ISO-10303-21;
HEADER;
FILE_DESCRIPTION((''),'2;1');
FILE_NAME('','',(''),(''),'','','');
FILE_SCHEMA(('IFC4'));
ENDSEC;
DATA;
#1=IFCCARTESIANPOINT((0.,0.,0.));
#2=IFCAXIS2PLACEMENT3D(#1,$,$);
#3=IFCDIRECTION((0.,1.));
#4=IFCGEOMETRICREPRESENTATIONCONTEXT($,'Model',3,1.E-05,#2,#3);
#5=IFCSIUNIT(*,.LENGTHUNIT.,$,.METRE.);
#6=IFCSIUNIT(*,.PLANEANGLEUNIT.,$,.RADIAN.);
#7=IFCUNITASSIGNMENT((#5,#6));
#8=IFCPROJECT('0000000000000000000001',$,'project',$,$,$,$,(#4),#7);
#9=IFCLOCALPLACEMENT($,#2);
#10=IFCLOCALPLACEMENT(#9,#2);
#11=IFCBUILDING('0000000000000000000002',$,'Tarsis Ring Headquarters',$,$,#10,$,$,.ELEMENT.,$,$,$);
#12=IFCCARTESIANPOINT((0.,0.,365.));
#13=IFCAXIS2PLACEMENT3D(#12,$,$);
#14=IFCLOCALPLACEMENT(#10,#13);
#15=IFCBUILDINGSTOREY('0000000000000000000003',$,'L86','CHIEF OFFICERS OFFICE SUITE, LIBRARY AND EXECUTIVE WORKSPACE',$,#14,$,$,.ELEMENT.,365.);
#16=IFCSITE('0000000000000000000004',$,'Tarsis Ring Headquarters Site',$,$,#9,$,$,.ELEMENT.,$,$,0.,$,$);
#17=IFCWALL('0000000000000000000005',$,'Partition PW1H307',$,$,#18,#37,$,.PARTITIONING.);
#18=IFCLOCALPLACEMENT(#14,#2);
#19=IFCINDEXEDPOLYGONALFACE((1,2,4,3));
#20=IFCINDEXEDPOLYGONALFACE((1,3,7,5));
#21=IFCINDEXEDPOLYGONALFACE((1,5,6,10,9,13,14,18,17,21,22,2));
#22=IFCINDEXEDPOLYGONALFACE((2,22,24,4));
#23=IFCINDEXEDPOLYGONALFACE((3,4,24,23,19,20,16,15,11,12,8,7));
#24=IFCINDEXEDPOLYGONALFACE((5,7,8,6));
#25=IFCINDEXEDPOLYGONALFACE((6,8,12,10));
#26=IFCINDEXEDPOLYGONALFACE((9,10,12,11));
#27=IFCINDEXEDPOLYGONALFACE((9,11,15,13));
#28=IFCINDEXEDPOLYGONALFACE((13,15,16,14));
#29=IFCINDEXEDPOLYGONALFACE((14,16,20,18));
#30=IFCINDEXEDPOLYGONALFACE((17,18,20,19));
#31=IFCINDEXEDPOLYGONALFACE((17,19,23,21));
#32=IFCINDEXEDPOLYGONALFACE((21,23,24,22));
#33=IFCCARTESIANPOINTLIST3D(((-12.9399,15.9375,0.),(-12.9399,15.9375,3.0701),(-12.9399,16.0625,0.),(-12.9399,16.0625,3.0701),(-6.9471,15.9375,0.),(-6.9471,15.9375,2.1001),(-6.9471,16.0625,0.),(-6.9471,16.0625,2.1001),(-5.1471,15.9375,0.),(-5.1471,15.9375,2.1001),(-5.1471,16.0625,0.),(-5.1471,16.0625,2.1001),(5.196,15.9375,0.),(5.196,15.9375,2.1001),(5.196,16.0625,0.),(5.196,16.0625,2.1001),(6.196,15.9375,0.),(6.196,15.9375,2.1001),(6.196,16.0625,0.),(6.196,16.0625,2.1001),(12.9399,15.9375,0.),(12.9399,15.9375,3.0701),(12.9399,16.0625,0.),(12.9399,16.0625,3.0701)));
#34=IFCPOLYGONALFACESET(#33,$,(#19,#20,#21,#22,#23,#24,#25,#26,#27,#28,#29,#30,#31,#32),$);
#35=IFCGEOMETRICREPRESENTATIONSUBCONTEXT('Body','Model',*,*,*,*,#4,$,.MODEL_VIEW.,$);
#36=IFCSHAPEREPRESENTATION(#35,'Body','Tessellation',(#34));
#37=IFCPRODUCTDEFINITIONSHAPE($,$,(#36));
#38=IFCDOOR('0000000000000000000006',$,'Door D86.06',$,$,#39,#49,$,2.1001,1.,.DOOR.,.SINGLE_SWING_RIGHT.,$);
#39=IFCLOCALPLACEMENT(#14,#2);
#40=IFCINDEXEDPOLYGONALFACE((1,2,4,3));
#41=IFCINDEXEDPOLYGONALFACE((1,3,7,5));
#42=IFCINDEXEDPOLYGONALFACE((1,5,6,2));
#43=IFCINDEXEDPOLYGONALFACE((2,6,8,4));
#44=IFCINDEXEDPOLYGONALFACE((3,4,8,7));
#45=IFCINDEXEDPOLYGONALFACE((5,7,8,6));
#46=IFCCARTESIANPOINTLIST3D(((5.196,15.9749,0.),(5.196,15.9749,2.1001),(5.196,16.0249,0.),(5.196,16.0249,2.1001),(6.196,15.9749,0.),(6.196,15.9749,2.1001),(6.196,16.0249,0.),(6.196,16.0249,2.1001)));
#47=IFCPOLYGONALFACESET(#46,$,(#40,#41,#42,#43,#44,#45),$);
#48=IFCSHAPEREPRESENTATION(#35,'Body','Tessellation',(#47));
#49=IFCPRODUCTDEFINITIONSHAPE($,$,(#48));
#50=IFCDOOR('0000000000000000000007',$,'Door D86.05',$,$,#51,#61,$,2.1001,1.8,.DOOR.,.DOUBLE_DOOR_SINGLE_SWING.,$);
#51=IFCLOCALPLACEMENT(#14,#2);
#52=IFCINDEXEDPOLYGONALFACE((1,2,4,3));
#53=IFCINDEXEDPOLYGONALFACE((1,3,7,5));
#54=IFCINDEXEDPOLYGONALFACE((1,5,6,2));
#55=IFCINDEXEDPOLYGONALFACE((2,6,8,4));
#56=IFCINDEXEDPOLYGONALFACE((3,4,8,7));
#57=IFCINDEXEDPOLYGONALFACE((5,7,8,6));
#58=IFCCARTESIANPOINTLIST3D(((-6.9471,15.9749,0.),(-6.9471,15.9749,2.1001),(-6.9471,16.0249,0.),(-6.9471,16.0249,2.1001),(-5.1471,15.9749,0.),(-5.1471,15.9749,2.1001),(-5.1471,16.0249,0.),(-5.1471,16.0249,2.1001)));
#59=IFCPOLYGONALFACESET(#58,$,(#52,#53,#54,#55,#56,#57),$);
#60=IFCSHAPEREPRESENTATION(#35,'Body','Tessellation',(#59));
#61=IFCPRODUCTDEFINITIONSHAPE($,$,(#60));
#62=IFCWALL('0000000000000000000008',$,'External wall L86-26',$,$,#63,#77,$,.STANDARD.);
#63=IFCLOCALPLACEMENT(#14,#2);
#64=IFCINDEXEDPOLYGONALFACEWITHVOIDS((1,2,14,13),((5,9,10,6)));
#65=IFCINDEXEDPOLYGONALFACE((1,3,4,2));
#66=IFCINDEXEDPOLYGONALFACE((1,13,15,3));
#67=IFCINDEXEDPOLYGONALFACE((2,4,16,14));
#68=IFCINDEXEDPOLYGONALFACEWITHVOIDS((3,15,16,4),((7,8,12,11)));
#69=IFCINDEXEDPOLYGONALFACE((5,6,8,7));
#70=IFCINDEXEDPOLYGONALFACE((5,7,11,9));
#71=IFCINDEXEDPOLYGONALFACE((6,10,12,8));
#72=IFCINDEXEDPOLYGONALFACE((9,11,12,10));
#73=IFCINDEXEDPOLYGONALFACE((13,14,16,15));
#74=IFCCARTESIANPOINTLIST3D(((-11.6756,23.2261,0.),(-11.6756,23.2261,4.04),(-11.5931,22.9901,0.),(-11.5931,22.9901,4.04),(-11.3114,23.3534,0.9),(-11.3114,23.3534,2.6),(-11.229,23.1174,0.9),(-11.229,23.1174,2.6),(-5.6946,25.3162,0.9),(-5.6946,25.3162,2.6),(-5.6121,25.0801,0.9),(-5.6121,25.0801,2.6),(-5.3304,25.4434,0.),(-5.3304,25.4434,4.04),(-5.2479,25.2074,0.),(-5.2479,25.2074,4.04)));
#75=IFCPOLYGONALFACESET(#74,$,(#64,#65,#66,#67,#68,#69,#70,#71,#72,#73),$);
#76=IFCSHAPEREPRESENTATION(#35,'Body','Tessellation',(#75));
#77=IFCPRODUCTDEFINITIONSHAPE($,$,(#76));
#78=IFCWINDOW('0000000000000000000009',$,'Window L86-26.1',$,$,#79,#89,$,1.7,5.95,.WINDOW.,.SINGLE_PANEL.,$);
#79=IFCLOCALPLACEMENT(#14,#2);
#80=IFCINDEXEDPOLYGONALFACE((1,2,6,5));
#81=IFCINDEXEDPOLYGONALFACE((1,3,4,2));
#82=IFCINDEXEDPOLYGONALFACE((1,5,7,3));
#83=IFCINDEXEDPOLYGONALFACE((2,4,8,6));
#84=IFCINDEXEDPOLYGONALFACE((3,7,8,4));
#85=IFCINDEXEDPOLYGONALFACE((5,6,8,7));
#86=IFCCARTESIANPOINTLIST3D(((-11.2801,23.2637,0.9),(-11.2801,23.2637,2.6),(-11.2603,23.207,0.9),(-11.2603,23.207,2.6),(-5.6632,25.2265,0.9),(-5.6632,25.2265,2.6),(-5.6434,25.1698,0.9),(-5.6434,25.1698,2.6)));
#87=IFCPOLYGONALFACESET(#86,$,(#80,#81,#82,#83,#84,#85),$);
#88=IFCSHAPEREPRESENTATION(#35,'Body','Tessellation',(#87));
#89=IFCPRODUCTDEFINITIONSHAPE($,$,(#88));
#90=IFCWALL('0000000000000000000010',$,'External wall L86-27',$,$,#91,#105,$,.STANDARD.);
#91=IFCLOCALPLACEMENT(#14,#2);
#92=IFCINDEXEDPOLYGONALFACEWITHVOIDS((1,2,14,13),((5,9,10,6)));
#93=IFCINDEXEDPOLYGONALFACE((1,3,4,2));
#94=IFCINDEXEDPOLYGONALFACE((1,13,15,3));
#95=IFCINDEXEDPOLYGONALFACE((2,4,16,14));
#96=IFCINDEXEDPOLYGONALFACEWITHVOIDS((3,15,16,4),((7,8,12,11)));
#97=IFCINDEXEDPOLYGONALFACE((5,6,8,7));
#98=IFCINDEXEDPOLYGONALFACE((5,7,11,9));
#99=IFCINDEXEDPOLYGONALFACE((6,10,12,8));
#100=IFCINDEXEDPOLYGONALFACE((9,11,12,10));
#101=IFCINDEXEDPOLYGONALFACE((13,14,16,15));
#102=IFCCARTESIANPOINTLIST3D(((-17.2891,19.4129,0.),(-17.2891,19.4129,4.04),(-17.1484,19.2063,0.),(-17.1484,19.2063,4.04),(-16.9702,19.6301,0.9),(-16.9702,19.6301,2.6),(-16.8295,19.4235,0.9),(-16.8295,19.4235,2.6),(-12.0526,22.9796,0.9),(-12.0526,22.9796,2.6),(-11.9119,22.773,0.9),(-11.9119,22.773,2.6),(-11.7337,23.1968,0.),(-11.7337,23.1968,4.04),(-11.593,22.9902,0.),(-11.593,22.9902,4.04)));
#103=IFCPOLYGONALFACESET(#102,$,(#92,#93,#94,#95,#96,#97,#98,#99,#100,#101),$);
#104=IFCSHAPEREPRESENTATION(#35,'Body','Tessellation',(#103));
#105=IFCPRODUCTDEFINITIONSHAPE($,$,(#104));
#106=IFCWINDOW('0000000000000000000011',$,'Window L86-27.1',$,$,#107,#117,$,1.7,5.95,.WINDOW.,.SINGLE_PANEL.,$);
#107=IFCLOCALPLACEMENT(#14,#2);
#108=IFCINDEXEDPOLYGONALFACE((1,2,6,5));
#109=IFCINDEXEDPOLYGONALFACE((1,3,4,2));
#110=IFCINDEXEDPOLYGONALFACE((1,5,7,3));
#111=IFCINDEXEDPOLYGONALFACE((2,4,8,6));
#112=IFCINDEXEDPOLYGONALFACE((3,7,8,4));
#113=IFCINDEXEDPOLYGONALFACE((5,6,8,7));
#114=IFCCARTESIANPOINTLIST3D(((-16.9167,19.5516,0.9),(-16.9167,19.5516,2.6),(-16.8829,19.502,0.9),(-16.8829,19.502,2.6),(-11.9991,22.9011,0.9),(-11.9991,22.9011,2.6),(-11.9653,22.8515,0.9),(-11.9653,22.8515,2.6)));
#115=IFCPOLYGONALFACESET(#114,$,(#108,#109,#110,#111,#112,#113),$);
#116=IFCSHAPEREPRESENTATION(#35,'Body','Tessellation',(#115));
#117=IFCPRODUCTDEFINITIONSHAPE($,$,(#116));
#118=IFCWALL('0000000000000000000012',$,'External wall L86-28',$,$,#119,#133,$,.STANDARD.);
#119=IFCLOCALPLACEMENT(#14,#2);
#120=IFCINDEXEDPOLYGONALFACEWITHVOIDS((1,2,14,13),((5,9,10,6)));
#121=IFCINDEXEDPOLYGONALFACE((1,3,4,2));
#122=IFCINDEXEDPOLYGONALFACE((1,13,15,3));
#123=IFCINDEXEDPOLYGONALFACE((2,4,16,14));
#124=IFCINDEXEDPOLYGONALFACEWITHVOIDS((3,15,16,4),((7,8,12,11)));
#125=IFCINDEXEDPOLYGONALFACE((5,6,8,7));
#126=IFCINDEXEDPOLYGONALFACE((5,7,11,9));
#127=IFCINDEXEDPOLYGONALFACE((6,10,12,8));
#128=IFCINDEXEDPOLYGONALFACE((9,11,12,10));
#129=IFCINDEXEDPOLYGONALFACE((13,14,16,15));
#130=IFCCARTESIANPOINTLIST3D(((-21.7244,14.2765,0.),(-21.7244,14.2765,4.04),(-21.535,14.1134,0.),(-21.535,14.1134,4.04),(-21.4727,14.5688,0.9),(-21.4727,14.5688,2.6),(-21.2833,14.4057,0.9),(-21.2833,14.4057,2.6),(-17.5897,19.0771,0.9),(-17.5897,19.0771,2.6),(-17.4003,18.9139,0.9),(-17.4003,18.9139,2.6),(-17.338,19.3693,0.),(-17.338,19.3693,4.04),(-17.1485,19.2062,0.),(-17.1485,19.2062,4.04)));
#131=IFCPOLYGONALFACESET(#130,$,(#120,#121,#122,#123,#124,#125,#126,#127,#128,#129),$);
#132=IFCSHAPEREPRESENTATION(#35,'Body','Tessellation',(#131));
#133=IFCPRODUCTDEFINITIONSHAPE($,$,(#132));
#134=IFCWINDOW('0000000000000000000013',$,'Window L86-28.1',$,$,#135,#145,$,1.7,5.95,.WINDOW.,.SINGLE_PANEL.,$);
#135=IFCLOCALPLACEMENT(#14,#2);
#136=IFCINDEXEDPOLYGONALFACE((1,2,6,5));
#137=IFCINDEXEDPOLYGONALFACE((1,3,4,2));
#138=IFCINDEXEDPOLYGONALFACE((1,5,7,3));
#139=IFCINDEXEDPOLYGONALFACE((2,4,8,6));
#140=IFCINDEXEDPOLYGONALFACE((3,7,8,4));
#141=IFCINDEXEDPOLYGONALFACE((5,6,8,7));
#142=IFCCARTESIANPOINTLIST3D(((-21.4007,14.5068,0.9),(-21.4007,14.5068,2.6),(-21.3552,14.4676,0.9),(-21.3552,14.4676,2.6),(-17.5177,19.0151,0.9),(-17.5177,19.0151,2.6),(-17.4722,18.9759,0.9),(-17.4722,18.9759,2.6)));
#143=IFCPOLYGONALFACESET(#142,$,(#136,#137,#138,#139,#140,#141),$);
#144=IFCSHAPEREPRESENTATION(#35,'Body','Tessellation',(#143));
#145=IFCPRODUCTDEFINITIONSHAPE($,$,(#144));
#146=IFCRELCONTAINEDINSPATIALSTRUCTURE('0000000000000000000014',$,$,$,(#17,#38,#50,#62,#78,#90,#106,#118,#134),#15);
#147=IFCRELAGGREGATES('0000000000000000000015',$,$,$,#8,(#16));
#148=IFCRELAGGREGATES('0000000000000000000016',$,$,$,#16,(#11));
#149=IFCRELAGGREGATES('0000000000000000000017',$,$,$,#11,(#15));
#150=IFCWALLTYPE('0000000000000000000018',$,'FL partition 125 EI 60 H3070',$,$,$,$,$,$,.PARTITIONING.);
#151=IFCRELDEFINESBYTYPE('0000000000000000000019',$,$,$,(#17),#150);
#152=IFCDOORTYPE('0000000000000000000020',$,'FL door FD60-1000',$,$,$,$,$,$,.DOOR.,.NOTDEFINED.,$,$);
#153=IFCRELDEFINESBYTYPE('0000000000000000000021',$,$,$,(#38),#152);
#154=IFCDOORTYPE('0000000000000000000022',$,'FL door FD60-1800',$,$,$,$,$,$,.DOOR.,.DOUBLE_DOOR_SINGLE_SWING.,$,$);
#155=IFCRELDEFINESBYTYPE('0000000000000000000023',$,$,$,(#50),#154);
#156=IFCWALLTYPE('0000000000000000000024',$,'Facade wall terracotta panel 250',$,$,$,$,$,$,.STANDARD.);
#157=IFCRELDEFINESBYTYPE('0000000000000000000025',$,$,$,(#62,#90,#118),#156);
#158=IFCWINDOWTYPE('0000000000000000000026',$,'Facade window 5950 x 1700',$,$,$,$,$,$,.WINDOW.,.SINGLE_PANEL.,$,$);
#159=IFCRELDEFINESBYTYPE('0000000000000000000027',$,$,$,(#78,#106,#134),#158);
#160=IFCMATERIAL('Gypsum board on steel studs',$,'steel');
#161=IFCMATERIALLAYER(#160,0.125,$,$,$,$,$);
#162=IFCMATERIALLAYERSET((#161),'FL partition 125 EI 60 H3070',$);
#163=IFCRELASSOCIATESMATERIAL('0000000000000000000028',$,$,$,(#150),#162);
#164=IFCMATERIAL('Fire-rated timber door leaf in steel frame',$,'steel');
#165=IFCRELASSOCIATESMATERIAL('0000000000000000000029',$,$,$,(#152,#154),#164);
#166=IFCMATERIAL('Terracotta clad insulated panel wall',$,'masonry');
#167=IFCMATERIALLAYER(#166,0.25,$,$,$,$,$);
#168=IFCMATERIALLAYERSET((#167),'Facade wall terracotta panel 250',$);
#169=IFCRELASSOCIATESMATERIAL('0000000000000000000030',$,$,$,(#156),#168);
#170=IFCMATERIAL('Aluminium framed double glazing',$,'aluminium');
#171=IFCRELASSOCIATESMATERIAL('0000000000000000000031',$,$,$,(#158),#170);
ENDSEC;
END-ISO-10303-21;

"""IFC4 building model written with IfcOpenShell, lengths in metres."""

from ifc_helpers import new_model, si_unit, direction, frame, frame_2d, origin, place, context, subcontext, project, spatial, rectangle, extrude, material, layer, layer_set, type_object, element, fill, save


model = new_model("IFC4")

# Units and contexts
model_context = context("Model", 3, precision=1e-05, world=origin(), true_north=direction((0.0, 1.0)))
body_context = subcontext(model_context, "Body", "Model", "MODEL_VIEW")
ifc_project = project(units=[si_unit("LENGTHUNIT", "METRE"), si_unit("PLANEANGLEUNIT", "RADIAN")], contexts=[model_context])

# Site, building, storey
site_placement = place(None, origin())
site = spatial("IfcSite", under=ifc_project, at=site_placement, Name="Tarsis Ring Headquarters Site", CompositionType="ELEMENT", RefElevation=0.0)
building_placement = place(site_placement, origin())
building = spatial("IfcBuilding", under=site, at=building_placement, Name="Tarsis Ring Headquarters", CompositionType="ELEMENT")
storey_placement = place(building_placement, frame((0.0, 0.0, 365.0)))
storey = spatial("IfcBuildingStorey", under=building, at=storey_placement, Name="L86", Description="CHIEF OFFICERS OFFICE SUITE, LIBRARY AND EXECUTIVE WORKSPACE", CompositionType="ELEMENT", Elevation=365.0)

# Shared definitions
ifc_material_1 = material(Name="Gypsum board on steel studs", Category="steel")

# Wall, openings, doors
ifc_layer_1 = layer(ifc_material_1, 0.125)
ifc_layer_set_1 = layer_set([ifc_layer_1], Name="FL partition 125 EI 60 H3070")
wall_type_1 = type_object("IfcWallType", Name="FL partition 125 EI 60 H3070", PredefinedType="PARTITIONING", material=ifc_layer_set_1)
wall_1_placement = place(storey_placement, frame((-12.9399, 16.0, 0.0), z_axis=(0.0, 0.0, 1.0), x_axis=(1.0, 0.0, 0.0)))
wall_1 = element("IfcWall", 1, at=wall_1_placement, inside=storey, type_object=wall_type_1, Name="Partition PW1H307", PredefinedType="PARTITIONING", context=body_context, shape_type="SweptSolid", body=[
    extrude(rectangle(XDim=25.8799, YDim=0.125, at=frame_2d((12.9399, 0.0))), origin(), (0.0, 0.0, 1.0), 3.0701),
])
opening_1_placement = place(wall_1_placement, frame((5.9929, 0.0, 0.0)))
opening_1 = element("IfcOpeningElement", 2, at=opening_1_placement, cuts=wall_1, PredefinedType="OPENING", context=body_context, shape_type="SweptSolid", body=[
    extrude(rectangle(XDim=1.8, YDim=2.1001, at=frame_2d((0.8999, 1.05))), frame((0.0, 0.0725, 0.0), z_axis=(0.0, -1.0, 0.0), x_axis=(1.0, 0.0, 0.0)), (0.0, 0.0, 1.0), 0.145),
])
opening_2_placement = place(wall_1_placement, frame((18.136, 0.0, 0.0)))
opening_2 = element("IfcOpeningElement", 3, at=opening_2_placement, cuts=wall_1, PredefinedType="OPENING", context=body_context, shape_type="SweptSolid", body=[
    extrude(rectangle(XDim=1.0, YDim=2.1001, at=frame_2d((0.5, 1.05))), frame((0.0, 0.0725, 0.0), z_axis=(0.0, -1.0, 0.0), x_axis=(1.0, 0.0, 0.0)), (0.0, 0.0, 1.0), 0.145),
])
ifc_material_2 = material(Name="Fire-rated timber door leaf in steel frame", Category="steel")
door_type_1 = type_object("IfcDoorType", Name="FL door FD60-1000", OperationType="NOTDEFINED", PredefinedType="DOOR", material=ifc_material_2)
door_1_placement = place(opening_2_placement, origin())
door_1 = element("IfcDoor", 4, at=door_1_placement, inside=storey, type_object=door_type_1, Name="Door D86.06", OperationType="SINGLE_SWING_RIGHT", OverallHeight=2.1001, OverallWidth=1.0, PredefinedType="DOOR", context=body_context, shape_type="SweptSolid", body=[
    extrude(rectangle(XDim=1.0, YDim=2.1001, at=frame_2d((0.5, 1.05))), frame((0.0, 0.0249, 0.0), z_axis=(0.0, -1.0, 0.0), x_axis=(1.0, 0.0, 0.0)), (0.0, 0.0, 1.0), 0.05),
])
fill(opening_2, door_1)
door_type_2 = type_object("IfcDoorType", Name="FL door FD60-1800", OperationType="DOUBLE_DOOR_SINGLE_SWING", PredefinedType="DOOR", material=ifc_material_2)
door_2_placement = place(opening_1_placement, origin())
door_2 = element("IfcDoor", 5, at=door_2_placement, inside=storey, type_object=door_type_2, Name="Door D86.05", OperationType="DOUBLE_DOOR_SINGLE_SWING", OverallHeight=2.1001, OverallWidth=1.8, PredefinedType="DOOR", context=body_context, shape_type="SweptSolid", body=[
    extrude(rectangle(XDim=1.8, YDim=2.1001, at=frame_2d((0.8999, 1.05))), frame((0.0, 0.0249, 0.0), z_axis=(0.0, -1.0, 0.0), x_axis=(1.0, 0.0, 0.0)), (0.0, 0.0, 1.0), 0.05),
])
fill(opening_1, door_2)

# Walls, openings, windows
ifc_material_3 = material(Name="Terracotta clad insulated panel wall", Category="masonry")
ifc_layer_2 = layer(ifc_material_3, 0.25)
ifc_layer_set_2 = layer_set([ifc_layer_2], Name="Facade wall terracotta panel 250")
wall_type_2 = type_object("IfcWallType", Name="Facade wall terracotta panel 250", PredefinedType="STANDARD", material=ifc_layer_set_2)
wall_2_placement = place(storey_placement, frame((-5.2891, 25.3254, 0.0), z_axis=(0.0, 0.0, 1.0), x_axis=(-0.944022, -0.329881, 0.0)))
wall_2 = element("IfcWall", 6, at=wall_2_placement, inside=storey, type_object=wall_type_2, Name="External wall L86-26", PredefinedType="STANDARD", context=body_context, shape_type="SweptSolid", body=[
    extrude(rectangle(XDim=6.7214, YDim=0.25, at=frame_2d((3.3608, 0.0))), origin(), (0.0, 0.0, 1.0), 4.04),
])
opening_3_placement = place(wall_2_placement, frame((0.3857, 0.0, 0.8999)))
opening_3 = element("IfcOpeningElement", 7, at=opening_3_placement, cuts=wall_2, PredefinedType="OPENING", context=body_context, shape_type="SweptSolid", body=[
    extrude(rectangle(XDim=5.95, YDim=1.7, at=frame_2d((2.9751, 0.8501))), frame((0.0, 0.135, 0.0), z_axis=(0.0, -1.0, 0.0), x_axis=(1.0, 0.0, 0.0)), (0.0, 0.0, 1.0), 0.27),
])
ifc_material_4 = material(Name="Aluminium framed double glazing", Category="aluminium")
window_type = type_object("IfcWindowType", Name="Facade window 5950 x 1700", PartitioningType="SINGLE_PANEL", PredefinedType="WINDOW", material=ifc_material_4)
window_1_placement = place(opening_3_placement, origin())
window_1 = element("IfcWindow", 8, at=window_1_placement, inside=storey, type_object=window_type, Name="Window L86-26.1", OverallHeight=1.7, OverallWidth=5.95, PartitioningType="SINGLE_PANEL", PredefinedType="WINDOW", context=body_context, shape_type="SweptSolid", body=[
    extrude(rectangle(XDim=5.95, YDim=1.7, at=frame_2d((2.9751, 0.8501))), frame((0.0, 0.03, 0.0), z_axis=(0.0, -1.0, 0.0), x_axis=(1.0, 0.0, 0.0)), (0.0, 0.0, 1.0), 0.0601),
])
fill(opening_3, window_1)
wall_3_placement = place(storey_placement, frame((-11.6633, 23.0935, 0.0), z_axis=(0.0, 0.0, 1.0), x_axis=(-0.826494, -0.562946, 0.0)))
wall_3 = element("IfcWall", 9, at=wall_3_placement, inside=storey, type_object=wall_type_2, Name="External wall L86-27", PredefinedType="STANDARD", context=body_context, shape_type="SweptSolid", body=[
    extrude(rectangle(XDim=6.7217, YDim=0.25, at=frame_2d((3.3608, 0.0))), origin(), (0.0, 0.0, 1.0), 4.04),
])
opening_4_placement = place(wall_3_placement, frame((0.3857, 0.0, 0.8999)))
opening_4 = element("IfcOpeningElement", 10, at=opening_4_placement, cuts=wall_3, PredefinedType="OPENING", context=body_context, shape_type="SweptSolid", body=[
    extrude(rectangle(XDim=5.95, YDim=1.7, at=frame_2d((2.9751, 0.8501))), frame((0.0, 0.135, 0.0), z_axis=(0.0, -1.0, 0.0), x_axis=(1.0, 0.0, 0.0)), (0.0, 0.0, 1.0), 0.27),
])
window_2_placement = place(opening_4_placement, origin())
window_2 = element("IfcWindow", 11, at=window_2_placement, inside=storey, type_object=window_type, Name="Window L86-27.1", OverallHeight=1.7, OverallWidth=5.95, PartitioningType="SINGLE_PANEL", PredefinedType="WINDOW", context=body_context, shape_type="SweptSolid", body=[
    extrude(rectangle(XDim=5.95, YDim=1.7, at=frame_2d((2.9751, 0.8501))), frame((0.0, 0.03, 0.0), z_axis=(0.0, -1.0, 0.0), x_axis=(1.0, 0.0, 0.0)), (0.0, 0.0, 1.0), 0.0601),
])
fill(opening_4, window_2)
wall_4_placement = place(storey_placement, frame((-17.2432, 19.2878, 0.0), z_axis=(0.0, 0.0, 1.0), x_axis=(-0.652611, -0.757693, 0.0)))
wall_4 = element("IfcWall", 12, at=wall_4_placement, inside=storey, type_object=wall_type_2, Name="External wall L86-28", PredefinedType="STANDARD", context=body_context, shape_type="SweptSolid", body=[
    extrude(rectangle(XDim=6.7214, YDim=0.25, at=frame_2d((3.3608, 0.0))), origin(), (0.0, 0.0, 1.0), 4.04),
])
opening_5_placement = place(wall_4_placement, frame((0.3857, 0.0, 0.8999)))
opening_5 = element("IfcOpeningElement", 13, at=opening_5_placement, cuts=wall_4, PredefinedType="OPENING", context=body_context, shape_type="SweptSolid", body=[
    extrude(rectangle(XDim=5.95, YDim=1.7, at=frame_2d((2.9751, 0.8501))), frame((0.0, 0.135, 0.0), z_axis=(0.0, -1.0, 0.0), x_axis=(1.0, 0.0, 0.0)), (0.0, 0.0, 1.0), 0.27),
])
window_3_placement = place(opening_5_placement, origin())
window_3 = element("IfcWindow", 14, at=window_3_placement, inside=storey, type_object=window_type, Name="Window L86-28.1", OverallHeight=1.7, OverallWidth=5.95, PartitioningType="SINGLE_PANEL", PredefinedType="WINDOW", context=body_context, shape_type="SweptSolid", body=[
    extrude(rectangle(XDim=5.95, YDim=1.7, at=frame_2d((2.9751, 0.8501))), frame((0.0, 0.03, 0.0), z_axis=(0.0, -1.0, 0.0), x_axis=(1.0, 0.0, 0.0)), (0.0, 0.0, 1.0), 0.0601),
])
fill(opening_5, window_3)

save(model, "model.ifc")
